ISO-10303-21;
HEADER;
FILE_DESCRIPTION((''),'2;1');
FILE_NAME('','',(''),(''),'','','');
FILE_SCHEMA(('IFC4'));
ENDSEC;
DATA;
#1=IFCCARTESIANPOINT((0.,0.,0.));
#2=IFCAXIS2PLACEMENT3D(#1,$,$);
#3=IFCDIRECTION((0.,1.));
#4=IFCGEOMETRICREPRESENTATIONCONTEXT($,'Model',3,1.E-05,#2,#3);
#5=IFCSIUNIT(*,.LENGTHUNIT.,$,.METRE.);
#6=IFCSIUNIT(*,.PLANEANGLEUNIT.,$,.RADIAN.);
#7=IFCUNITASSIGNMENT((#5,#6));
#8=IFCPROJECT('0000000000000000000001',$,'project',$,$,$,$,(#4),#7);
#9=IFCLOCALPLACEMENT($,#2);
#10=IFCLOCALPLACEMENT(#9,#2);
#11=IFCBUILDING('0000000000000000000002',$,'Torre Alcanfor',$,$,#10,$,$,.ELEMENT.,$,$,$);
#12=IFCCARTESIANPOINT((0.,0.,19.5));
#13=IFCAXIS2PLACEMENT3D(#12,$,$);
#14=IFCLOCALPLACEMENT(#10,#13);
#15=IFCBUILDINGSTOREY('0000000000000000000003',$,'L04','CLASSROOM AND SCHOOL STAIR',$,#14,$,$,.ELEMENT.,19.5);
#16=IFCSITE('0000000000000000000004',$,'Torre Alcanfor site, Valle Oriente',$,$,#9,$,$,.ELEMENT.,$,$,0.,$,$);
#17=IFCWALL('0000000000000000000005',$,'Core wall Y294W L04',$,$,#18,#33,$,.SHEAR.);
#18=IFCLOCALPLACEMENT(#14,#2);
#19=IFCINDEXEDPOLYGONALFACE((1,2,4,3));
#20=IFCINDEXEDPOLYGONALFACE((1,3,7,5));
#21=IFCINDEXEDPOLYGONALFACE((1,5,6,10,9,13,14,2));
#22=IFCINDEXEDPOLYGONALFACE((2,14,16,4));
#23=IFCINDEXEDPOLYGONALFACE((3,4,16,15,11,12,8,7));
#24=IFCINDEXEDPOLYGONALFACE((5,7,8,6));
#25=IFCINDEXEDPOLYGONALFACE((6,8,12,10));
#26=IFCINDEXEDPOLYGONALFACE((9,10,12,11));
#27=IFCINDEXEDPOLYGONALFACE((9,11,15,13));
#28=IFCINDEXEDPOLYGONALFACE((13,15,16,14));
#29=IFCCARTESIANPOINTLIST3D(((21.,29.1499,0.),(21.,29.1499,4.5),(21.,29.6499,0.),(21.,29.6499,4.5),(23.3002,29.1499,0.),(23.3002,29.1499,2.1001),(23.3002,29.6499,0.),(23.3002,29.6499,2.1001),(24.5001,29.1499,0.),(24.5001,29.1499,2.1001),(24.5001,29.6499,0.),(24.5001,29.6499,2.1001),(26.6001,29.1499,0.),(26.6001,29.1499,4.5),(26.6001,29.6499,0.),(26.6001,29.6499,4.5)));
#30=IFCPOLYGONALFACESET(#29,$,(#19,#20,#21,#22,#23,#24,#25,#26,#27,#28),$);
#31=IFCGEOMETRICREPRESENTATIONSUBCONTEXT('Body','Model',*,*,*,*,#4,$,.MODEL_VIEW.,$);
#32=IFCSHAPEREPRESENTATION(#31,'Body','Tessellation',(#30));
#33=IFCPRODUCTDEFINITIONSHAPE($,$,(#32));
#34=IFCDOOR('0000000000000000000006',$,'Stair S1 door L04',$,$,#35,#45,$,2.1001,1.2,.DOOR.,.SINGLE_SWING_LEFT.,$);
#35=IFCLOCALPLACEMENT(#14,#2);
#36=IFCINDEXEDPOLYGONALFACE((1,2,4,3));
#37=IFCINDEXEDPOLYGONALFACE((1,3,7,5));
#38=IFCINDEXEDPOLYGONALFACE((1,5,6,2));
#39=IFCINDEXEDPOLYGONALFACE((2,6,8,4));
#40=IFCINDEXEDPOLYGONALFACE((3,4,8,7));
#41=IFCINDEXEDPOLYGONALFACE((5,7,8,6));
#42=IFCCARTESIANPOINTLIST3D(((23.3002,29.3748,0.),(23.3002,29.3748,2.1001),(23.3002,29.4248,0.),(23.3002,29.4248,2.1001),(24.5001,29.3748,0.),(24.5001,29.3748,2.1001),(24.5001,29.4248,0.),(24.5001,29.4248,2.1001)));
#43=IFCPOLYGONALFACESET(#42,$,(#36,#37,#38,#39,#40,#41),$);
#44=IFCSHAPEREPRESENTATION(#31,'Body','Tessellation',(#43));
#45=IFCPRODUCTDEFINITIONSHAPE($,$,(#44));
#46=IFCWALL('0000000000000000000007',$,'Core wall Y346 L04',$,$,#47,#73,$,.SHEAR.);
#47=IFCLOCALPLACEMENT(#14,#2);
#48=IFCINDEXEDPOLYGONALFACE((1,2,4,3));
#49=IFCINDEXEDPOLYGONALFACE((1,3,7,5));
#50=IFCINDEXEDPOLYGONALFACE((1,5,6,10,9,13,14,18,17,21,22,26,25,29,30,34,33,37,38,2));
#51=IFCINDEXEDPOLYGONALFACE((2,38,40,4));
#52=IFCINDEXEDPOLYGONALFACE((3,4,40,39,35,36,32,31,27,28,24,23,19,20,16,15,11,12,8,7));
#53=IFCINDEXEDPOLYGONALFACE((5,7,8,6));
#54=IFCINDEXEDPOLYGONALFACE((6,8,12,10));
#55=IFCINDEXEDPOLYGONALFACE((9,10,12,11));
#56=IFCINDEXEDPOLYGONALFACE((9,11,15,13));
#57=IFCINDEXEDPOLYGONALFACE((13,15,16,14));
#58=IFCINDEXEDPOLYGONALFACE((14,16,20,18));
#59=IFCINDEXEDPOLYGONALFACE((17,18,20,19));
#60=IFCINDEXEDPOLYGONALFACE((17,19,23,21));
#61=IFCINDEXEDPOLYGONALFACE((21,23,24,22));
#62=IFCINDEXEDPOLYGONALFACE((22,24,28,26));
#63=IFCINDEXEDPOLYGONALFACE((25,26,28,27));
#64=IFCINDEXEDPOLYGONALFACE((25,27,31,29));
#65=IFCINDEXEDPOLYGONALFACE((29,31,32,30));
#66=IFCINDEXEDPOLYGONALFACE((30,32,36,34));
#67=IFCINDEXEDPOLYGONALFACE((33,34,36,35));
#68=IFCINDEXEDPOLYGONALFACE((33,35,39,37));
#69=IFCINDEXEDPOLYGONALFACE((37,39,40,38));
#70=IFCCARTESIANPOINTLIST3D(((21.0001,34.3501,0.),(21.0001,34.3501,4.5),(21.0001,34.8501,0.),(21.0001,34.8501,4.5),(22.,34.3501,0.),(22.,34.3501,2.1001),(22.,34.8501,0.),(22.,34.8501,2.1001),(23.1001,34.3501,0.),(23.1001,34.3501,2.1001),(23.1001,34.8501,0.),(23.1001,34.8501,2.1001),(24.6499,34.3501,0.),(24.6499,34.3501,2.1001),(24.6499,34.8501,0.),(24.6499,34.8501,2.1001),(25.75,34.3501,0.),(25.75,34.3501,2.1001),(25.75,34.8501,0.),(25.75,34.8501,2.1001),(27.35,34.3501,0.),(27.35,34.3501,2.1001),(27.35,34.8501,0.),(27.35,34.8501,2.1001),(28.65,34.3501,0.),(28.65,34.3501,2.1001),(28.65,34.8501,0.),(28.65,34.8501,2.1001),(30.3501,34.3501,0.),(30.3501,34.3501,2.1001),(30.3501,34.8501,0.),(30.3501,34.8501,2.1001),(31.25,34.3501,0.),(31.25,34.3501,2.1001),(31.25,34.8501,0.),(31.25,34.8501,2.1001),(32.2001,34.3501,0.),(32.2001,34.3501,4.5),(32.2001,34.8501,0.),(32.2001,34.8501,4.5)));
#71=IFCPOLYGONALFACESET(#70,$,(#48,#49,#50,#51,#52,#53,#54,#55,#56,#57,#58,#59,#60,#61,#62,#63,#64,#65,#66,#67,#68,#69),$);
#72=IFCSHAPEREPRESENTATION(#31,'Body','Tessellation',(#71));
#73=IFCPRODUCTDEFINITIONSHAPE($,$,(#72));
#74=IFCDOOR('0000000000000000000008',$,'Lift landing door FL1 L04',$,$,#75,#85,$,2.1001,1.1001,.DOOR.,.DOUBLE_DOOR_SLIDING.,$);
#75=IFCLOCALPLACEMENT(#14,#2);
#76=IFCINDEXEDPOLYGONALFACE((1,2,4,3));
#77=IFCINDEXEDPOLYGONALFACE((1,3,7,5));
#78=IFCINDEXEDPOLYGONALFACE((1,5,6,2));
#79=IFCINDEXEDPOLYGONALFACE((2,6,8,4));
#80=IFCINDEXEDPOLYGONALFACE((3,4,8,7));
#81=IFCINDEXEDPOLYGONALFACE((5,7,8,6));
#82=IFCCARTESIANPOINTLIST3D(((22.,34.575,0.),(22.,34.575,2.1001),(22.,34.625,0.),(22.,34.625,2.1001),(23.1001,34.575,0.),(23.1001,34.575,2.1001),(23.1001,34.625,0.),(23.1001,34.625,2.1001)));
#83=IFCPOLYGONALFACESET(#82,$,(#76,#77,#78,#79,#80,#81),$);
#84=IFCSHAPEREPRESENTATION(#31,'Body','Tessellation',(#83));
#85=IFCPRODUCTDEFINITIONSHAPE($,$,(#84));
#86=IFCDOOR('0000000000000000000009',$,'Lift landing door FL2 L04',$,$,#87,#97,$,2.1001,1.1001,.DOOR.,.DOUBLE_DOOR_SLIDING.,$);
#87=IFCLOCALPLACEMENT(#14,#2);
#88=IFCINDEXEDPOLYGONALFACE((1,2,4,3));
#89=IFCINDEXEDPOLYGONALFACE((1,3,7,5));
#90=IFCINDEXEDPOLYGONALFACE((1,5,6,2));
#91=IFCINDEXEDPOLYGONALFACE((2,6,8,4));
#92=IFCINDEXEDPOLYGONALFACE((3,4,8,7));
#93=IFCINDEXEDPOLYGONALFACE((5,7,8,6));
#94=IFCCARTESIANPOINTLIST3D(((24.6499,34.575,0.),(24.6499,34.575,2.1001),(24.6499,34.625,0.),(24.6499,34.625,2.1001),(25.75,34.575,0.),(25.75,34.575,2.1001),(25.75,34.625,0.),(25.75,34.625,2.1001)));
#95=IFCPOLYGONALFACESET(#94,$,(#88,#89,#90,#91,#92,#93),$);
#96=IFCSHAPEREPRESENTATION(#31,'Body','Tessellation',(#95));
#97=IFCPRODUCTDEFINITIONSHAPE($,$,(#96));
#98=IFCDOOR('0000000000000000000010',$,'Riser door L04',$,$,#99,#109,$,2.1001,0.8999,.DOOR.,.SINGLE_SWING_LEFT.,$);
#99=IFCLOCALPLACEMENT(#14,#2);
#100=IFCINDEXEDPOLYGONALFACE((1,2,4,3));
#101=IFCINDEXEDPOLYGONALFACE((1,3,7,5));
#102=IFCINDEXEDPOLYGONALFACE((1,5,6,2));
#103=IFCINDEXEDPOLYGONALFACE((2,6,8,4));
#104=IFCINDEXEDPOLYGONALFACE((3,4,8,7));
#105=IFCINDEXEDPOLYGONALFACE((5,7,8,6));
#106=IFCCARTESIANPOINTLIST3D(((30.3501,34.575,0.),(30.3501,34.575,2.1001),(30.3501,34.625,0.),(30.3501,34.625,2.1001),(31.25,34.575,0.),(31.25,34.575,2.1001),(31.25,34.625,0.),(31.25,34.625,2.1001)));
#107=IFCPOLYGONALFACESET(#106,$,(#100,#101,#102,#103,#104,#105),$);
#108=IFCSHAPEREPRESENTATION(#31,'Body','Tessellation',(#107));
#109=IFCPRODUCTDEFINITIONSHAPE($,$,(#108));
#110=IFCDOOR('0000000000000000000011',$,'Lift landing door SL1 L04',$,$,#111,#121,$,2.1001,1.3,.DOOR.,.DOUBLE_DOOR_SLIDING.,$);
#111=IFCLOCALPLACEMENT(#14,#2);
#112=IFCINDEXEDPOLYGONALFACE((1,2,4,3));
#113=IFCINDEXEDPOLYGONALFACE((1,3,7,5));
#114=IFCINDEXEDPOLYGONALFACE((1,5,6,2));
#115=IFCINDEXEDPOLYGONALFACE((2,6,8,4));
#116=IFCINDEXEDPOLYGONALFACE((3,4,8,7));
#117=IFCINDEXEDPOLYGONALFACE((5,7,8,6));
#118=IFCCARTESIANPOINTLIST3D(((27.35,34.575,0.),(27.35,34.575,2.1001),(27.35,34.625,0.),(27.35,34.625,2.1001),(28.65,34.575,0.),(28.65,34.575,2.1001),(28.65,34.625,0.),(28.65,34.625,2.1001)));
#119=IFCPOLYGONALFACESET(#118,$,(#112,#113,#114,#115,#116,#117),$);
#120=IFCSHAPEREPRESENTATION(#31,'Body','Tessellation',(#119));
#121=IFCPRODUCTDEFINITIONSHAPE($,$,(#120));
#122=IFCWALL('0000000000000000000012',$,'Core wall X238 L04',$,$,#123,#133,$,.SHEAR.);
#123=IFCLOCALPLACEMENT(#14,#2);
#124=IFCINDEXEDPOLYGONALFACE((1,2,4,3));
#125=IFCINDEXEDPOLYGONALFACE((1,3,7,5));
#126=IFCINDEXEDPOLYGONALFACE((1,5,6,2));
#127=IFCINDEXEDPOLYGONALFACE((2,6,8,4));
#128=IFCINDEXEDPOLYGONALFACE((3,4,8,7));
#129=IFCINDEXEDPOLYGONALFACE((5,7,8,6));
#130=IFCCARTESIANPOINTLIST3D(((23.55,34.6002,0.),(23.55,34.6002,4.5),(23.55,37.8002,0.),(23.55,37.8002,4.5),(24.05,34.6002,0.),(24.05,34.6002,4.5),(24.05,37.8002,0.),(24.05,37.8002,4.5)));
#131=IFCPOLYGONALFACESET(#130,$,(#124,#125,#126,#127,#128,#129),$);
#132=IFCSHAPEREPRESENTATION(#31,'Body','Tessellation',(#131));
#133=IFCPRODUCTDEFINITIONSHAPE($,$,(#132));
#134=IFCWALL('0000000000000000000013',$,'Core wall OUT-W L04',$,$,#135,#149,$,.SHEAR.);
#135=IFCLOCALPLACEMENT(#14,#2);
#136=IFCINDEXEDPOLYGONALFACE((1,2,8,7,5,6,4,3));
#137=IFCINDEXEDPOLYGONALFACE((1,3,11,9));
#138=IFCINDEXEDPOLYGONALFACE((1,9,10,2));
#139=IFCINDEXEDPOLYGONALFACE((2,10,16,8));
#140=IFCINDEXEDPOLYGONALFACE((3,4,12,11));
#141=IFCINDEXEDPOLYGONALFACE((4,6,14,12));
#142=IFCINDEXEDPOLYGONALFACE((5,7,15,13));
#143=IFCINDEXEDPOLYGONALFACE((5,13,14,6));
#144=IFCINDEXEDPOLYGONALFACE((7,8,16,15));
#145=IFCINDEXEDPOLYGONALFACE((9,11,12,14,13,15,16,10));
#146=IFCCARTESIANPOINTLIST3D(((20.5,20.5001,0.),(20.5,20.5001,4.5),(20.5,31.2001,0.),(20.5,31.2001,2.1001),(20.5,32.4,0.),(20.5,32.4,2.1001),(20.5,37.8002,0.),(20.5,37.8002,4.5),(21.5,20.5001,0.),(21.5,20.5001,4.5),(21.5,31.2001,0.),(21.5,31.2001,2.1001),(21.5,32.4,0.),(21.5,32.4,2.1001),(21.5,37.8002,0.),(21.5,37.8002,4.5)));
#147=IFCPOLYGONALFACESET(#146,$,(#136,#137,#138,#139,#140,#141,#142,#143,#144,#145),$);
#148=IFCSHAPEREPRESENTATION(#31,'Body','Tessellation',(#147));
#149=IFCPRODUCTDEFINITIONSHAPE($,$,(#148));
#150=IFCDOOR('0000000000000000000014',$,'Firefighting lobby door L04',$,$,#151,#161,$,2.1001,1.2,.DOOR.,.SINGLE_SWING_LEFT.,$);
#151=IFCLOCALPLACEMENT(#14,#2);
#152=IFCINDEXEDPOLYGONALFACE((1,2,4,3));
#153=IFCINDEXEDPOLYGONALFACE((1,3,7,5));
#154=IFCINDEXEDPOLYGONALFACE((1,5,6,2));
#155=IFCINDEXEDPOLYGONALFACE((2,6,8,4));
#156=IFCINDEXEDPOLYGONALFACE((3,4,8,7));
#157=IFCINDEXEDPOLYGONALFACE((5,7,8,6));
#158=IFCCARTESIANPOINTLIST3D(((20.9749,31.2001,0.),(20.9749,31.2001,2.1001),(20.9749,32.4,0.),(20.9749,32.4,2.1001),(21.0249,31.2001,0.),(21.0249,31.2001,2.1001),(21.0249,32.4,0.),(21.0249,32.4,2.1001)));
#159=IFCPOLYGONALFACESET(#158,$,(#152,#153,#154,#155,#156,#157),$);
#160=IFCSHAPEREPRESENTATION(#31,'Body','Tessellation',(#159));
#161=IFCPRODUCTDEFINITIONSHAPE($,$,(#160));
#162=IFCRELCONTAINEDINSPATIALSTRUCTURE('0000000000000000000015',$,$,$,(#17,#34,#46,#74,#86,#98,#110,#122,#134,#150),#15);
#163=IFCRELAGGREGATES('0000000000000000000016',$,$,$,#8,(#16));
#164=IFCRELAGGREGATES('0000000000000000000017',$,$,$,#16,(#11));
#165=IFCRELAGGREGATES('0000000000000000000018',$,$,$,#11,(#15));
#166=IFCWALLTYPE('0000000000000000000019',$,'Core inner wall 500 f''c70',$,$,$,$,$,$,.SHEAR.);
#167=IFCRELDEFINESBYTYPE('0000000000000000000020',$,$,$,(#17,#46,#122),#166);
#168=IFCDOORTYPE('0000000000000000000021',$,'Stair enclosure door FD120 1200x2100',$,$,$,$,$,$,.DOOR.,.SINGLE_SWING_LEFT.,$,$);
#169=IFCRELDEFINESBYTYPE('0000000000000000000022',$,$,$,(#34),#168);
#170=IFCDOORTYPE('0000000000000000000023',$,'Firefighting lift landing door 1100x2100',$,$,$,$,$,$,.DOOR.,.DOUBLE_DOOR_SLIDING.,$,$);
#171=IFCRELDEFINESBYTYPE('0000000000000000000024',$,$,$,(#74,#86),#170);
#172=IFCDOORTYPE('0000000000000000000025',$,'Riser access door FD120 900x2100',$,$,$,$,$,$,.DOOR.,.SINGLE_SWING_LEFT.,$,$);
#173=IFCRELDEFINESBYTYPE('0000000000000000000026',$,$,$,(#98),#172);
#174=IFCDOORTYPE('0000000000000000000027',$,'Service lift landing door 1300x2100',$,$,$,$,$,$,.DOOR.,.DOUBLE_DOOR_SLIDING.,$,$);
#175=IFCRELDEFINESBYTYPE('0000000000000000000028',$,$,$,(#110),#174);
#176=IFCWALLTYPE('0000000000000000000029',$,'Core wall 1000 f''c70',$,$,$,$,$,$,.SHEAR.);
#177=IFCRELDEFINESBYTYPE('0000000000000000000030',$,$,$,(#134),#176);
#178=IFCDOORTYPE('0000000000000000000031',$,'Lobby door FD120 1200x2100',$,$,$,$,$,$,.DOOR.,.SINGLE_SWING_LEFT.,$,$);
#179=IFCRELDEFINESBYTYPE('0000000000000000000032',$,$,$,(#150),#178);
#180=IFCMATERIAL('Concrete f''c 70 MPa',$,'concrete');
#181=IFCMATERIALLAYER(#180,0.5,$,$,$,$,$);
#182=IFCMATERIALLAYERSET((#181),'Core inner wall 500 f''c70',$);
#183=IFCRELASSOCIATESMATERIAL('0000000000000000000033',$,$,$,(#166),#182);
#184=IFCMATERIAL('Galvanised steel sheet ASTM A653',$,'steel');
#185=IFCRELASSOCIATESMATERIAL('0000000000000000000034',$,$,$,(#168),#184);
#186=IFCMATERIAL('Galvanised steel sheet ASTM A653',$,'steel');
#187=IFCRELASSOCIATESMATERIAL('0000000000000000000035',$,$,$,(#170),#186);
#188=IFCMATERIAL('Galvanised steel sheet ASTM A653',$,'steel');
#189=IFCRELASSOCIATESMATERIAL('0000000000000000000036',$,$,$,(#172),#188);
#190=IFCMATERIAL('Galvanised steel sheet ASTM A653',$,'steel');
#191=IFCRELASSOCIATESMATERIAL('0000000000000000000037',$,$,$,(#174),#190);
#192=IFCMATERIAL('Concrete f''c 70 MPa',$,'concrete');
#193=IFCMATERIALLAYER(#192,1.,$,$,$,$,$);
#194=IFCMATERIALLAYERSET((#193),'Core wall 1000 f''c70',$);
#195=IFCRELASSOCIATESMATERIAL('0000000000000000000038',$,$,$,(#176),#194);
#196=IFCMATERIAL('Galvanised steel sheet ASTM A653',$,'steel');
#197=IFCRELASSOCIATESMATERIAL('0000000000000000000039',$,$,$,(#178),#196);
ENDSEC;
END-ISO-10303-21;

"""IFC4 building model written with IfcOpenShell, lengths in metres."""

from ifc_helpers import new_model, si_unit, direction, frame, frame_2d, origin, place, context, subcontext, project, spatial, rectangle, extrude, material, layer, layer_set, type_object, element, fill, save


model = new_model("IFC4")

# Units and contexts
model_context = context("Model", 3, precision=1e-05, world=origin(), true_north=direction((0.0, 1.0)))
body_context = subcontext(model_context, "Body", "Model", "MODEL_VIEW")
ifc_project = project(units=[si_unit("LENGTHUNIT", "METRE"), si_unit("PLANEANGLEUNIT", "RADIAN")], contexts=[model_context])

# Site, building, storey
site_placement = place(None, origin())
site = spatial("IfcSite", under=ifc_project, at=site_placement, Name="Torre Alcanfor site, Valle Oriente", CompositionType="ELEMENT", RefElevation=0.0)
building_placement = place(site_placement, origin())
building = spatial("IfcBuilding", under=site, at=building_placement, Name="Torre Alcanfor", CompositionType="ELEMENT")
storey_placement = place(building_placement, frame((0.0, 0.0, 19.5)))
storey = spatial("IfcBuildingStorey", under=building, at=storey_placement, Name="L04", Description="CLASSROOM AND SCHOOL STAIR", CompositionType="ELEMENT", Elevation=19.5)

# Wall, opening, door
ifc_material_1 = material(Name="Concrete f'c 70 MPa", Category="concrete")
ifc_layer_1 = layer(ifc_material_1, 0.5)
ifc_layer_set_1 = layer_set([ifc_layer_1], Name="Core inner wall 500 f'c70")
wall_type_1 = type_object("IfcWallType", Name="Core inner wall 500 f'c70", PredefinedType="SHEAR", material=ifc_layer_set_1)
wall_1_placement = place(storey_placement, frame((21.0, 29.3999, 0.0), z_axis=(0.0, 0.0, 1.0), x_axis=(1.0, 0.0, 0.0)))
wall_1 = element("IfcWall", 1, at=wall_1_placement, inside=storey, type_object=wall_type_1, Name="Core wall Y294W L04", PredefinedType="SHEAR", context=body_context, shape_type="SweptSolid", body=[
    extrude(rectangle(XDim=5.6001, YDim=0.5, at=frame_2d((2.8, 0.0))), origin(), (0.0, 0.0, 1.0), 4.5),
])
opening_1_placement = place(wall_1_placement, frame((2.3, 0.0, 0.0)))
opening_1 = element("IfcOpeningElement", 2, at=opening_1_placement, cuts=wall_1, PredefinedType="OPENING", context=body_context, shape_type="SweptSolid", body=[
    extrude(rectangle(XDim=1.2, YDim=2.1001, at=frame_2d((0.6001, 1.05))), frame((0.0, 0.26, 0.0), z_axis=(0.0, -1.0, 0.0), x_axis=(1.0, 0.0, 0.0)), (0.0, 0.0, 1.0), 0.52),
])
ifc_material_2 = material(Name="Galvanised steel sheet ASTM A653", Category="steel")
door_type_1 = type_object("IfcDoorType", Name="Stair enclosure door FD120 1200x2100", OperationType="SINGLE_SWING_LEFT", PredefinedType="DOOR", material=ifc_material_2)
door_1_placement = place(opening_1_placement, frame((1.2, 0.0, 0.0), z_axis=(0.0, 0.0, 1.0), x_axis=(-1.0, 0.0, 0.0)))
door_1 = element("IfcDoor", 3, at=door_1_placement, inside=storey, type_object=door_type_1, Name="Stair S1 door L04", OperationType="SINGLE_SWING_LEFT", OverallHeight=2.1001, OverallWidth=1.2, PredefinedType="DOOR", context=body_context, shape_type="SweptSolid", body=[
    extrude(rectangle(XDim=1.2, YDim=2.1001, at=frame_2d((0.5999, 1.05))), frame((0.0, 0.0251, 0.0), z_axis=(0.0, -1.0, 0.0), x_axis=(1.0, 0.0, 0.0)), (0.0, 0.0, 1.0), 0.05),
])
fill(opening_1, door_1)

# Wall, openings, doors
wall_2_placement = place(storey_placement, frame((21.0, 34.6001, 0.0), z_axis=(0.0, 0.0, 1.0), x_axis=(1.0, 0.0, 0.0)))
wall_2 = element("IfcWall", 4, at=wall_2_placement, inside=storey, type_object=wall_type_1, Name="Core wall Y346 L04", PredefinedType="SHEAR", context=body_context, shape_type="SweptSolid", body=[
    extrude(rectangle(XDim=11.2, YDim=0.5, at=frame_2d((5.6001, 0.0))), origin(), (0.0, 0.0, 1.0), 4.5),
])
opening_2_placement = place(wall_2_placement, frame((9.3501, 0.0, 0.0)))
opening_2 = element("IfcOpeningElement", 5, at=opening_2_placement, cuts=wall_2, PredefinedType="OPENING", context=body_context, shape_type="SweptSolid", body=[
    extrude(rectangle(XDim=0.8999, YDim=2.1001, at=frame_2d((0.45, 1.05))), frame((0.0, 0.26, 0.0), z_axis=(0.0, -1.0, 0.0), x_axis=(1.0, 0.0, 0.0)), (0.0, 0.0, 1.0), 0.52),
])
opening_3_placement = place(wall_2_placement, frame((1.0, 0.0, 0.0)))
opening_3 = element("IfcOpeningElement", 6, at=opening_3_placement, cuts=wall_2, PredefinedType="OPENING", context=body_context, shape_type="SweptSolid", body=[
    extrude(rectangle(XDim=1.1001, YDim=2.1001, at=frame_2d((0.55, 1.05))), frame((0.0, 0.26, 0.0), z_axis=(0.0, -1.0, 0.0), x_axis=(1.0, 0.0, 0.0)), (0.0, 0.0, 1.0), 0.52),
])
opening_4_placement = place(wall_2_placement, frame((3.6499, 0.0, 0.0)))
opening_4 = element("IfcOpeningElement", 7, at=opening_4_placement, cuts=wall_2, PredefinedType="OPENING", context=body_context, shape_type="SweptSolid", body=[
    extrude(rectangle(XDim=1.1001, YDim=2.1001, at=frame_2d((0.55, 1.05))), frame((0.0, 0.26, 0.0), z_axis=(0.0, -1.0, 0.0), x_axis=(1.0, 0.0, 0.0)), (0.0, 0.0, 1.0), 0.52),
])
opening_5_placement = place(wall_2_placement, frame((6.3501, 0.0, 0.0)))
opening_5 = element("IfcOpeningElement", 8, at=opening_5_placement, cuts=wall_2, PredefinedType="OPENING", context=body_context, shape_type="SweptSolid", body=[
    extrude(rectangle(XDim=1.3, YDim=2.1001, at=frame_2d((0.6499, 1.05))), frame((0.0, 0.26, 0.0), z_axis=(0.0, -1.0, 0.0), x_axis=(1.0, 0.0, 0.0)), (0.0, 0.0, 1.0), 0.52),
])
ifc_material_3 = material(Name="Galvanised steel sheet ASTM A653", Category="steel")
door_type_2 = type_object("IfcDoorType", Name="Firefighting lift landing door 1100x2100", OperationType="DOUBLE_DOOR_SLIDING", PredefinedType="DOOR", material=ifc_material_3)
door_2_placement = place(opening_3_placement, origin())
door_2 = element("IfcDoor", 9, at=door_2_placement, inside=storey, type_object=door_type_2, Name="Lift landing door FL1 L04", OperationType="DOUBLE_DOOR_SLIDING", OverallHeight=2.1001, OverallWidth=1.1001, PredefinedType="DOOR", context=body_context, shape_type="SweptSolid", body=[
    extrude(rectangle(XDim=1.1001, YDim=2.1001, at=frame_2d((0.55, 1.05))), frame((0.0, 0.0249, 0.0), z_axis=(0.0, -1.0, 0.0), x_axis=(1.0, 0.0, 0.0)), (0.0, 0.0, 1.0), 0.05),
])
fill(opening_3, door_2)
door_3_placement = place(opening_4_placement, origin())
door_3 = element("IfcDoor", 10, at=door_3_placement, inside=storey, type_object=door_type_2, Name="Lift landing door FL2 L04", OperationType="DOUBLE_DOOR_SLIDING", OverallHeight=2.1001, OverallWidth=1.1001, PredefinedType="DOOR", context=body_context, shape_type="SweptSolid", body=[
    extrude(rectangle(XDim=1.1001, YDim=2.1001, at=frame_2d((0.55, 1.05))), frame((0.0, 0.0249, 0.0), z_axis=(0.0, -1.0, 0.0), x_axis=(1.0, 0.0, 0.0)), (0.0, 0.0, 1.0), 0.05),
])
fill(opening_4, door_3)
ifc_material_4 = material(Name="Galvanised steel sheet ASTM A653", Category="steel")
door_type_3 = type_object("IfcDoorType", Name="Riser access door FD120 900x2100", OperationType="SINGLE_SWING_LEFT", PredefinedType="DOOR", material=ifc_material_4)
door_4_placement = place(opening_2_placement, origin())
door_4 = element("IfcDoor", 11, at=door_4_placement, inside=storey, type_object=door_type_3, Name="Riser door L04", OperationType="SINGLE_SWING_LEFT", OverallHeight=2.1001, OverallWidth=0.8999, PredefinedType="DOOR", context=body_context, shape_type="SweptSolid", body=[
    extrude(rectangle(XDim=0.8999, YDim=2.1001, at=frame_2d((0.45, 1.05))), frame((0.0, 0.0249, 0.0), z_axis=(0.0, -1.0, 0.0), x_axis=(1.0, 0.0, 0.0)), (0.0, 0.0, 1.0), 0.05),
])
fill(opening_2, door_4)
ifc_material_5 = material(Name="Galvanised steel sheet ASTM A653", Category="steel")
door_type_4 = type_object("IfcDoorType", Name="Service lift landing door 1300x2100", OperationType="DOUBLE_DOOR_SLIDING", PredefinedType="DOOR", material=ifc_material_5)
door_5_placement = place(opening_5_placement, origin())
door_5 = element("IfcDoor", 12, at=door_5_placement, inside=storey, type_object=door_type_4, Name="Lift landing door SL1 L04", OperationType="DOUBLE_DOOR_SLIDING", OverallHeight=2.1001, OverallWidth=1.3, PredefinedType="DOOR", context=body_context, shape_type="SweptSolid", body=[
    extrude(rectangle(XDim=1.3, YDim=2.1001, at=frame_2d((0.6499, 1.05))), frame((0.0, 0.0249, 0.0), z_axis=(0.0, -1.0, 0.0), x_axis=(1.0, 0.0, 0.0)), (0.0, 0.0, 1.0), 0.05),
])
fill(opening_5, door_5)

# Wall
wall_3_placement = place(storey_placement, frame((23.8, 34.6001, 0.0), z_axis=(0.0, 0.0, 1.0), x_axis=(0.0, 1.0, 0.0)))
element("IfcWall", 13, at=wall_3_placement, inside=storey, type_object=wall_type_1, Name="Core wall X238 L04", PredefinedType="SHEAR", context=body_context, shape_type="SweptSolid", body=[
    extrude(rectangle(XDim=3.2, YDim=0.5, at=frame_2d((1.6001, 0.0))), origin(), (0.0, 0.0, 1.0), 4.5),
])

# Wall, opening, door
ifc_material_6 = material(Name="Concrete f'c 70 MPa", Category="concrete")
ifc_layer_2 = layer(ifc_material_6, 1.0)
ifc_layer_set_2 = layer_set([ifc_layer_2], Name="Core wall 1000 f'c70")
wall_type_2 = type_object("IfcWallType", Name="Core wall 1000 f'c70", PredefinedType="SHEAR", material=ifc_layer_set_2)
wall_4_placement = place(storey_placement, frame((21.0, 37.8, 0.0), z_axis=(0.0, 0.0, 1.0), x_axis=(0.0, -1.0, 0.0)))
wall_4 = element("IfcWall", 14, at=wall_4_placement, inside=storey, type_object=wall_type_2, Name="Core wall OUT-W L04", PredefinedType="SHEAR", context=body_context, shape_type="SweptSolid", body=[
    extrude(rectangle(XDim=17.3, YDim=1.0, at=frame_2d((8.6499, 0.0))), origin(), (0.0, 0.0, 1.0), 4.5),
])
opening_6_placement = place(wall_4_placement, frame((5.3999, 0.0, 0.0)))
opening_6 = element("IfcOpeningElement", 15, at=opening_6_placement, cuts=wall_4, PredefinedType="OPENING", context=body_context, shape_type="SweptSolid", body=[
    extrude(rectangle(XDim=1.2, YDim=2.1001, at=frame_2d((0.6001, 1.05))), frame((0.0, 0.51, 0.0), z_axis=(0.0, -1.0, 0.0), x_axis=(1.0, 0.0, 0.0)), (0.0, 0.0, 1.0), 1.02),
])
ifc_material_7 = material(Name="Galvanised steel sheet ASTM A653", Category="steel")
door_type_5 = type_object("IfcDoorType", Name="Lobby door FD120 1200x2100", OperationType="SINGLE_SWING_LEFT", PredefinedType="DOOR", material=ifc_material_7)
door_6_placement = place(opening_6_placement, origin())
door_6 = element("IfcDoor", 16, at=door_6_placement, inside=storey, type_object=door_type_5, Name="Firefighting lobby door L04", OperationType="SINGLE_SWING_LEFT", OverallHeight=2.1001, OverallWidth=1.2, PredefinedType="DOOR", context=body_context, shape_type="SweptSolid", body=[
    extrude(rectangle(XDim=1.2, YDim=2.1001, at=frame_2d((0.6001, 1.05))), frame((0.0, 0.0249, 0.0), z_axis=(0.0, -1.0, 0.0), x_axis=(1.0, 0.0, 0.0)), (0.0, 0.0, 1.0), 0.05),
])
fill(opening_6, door_6)

save(model, "model.ifc")
